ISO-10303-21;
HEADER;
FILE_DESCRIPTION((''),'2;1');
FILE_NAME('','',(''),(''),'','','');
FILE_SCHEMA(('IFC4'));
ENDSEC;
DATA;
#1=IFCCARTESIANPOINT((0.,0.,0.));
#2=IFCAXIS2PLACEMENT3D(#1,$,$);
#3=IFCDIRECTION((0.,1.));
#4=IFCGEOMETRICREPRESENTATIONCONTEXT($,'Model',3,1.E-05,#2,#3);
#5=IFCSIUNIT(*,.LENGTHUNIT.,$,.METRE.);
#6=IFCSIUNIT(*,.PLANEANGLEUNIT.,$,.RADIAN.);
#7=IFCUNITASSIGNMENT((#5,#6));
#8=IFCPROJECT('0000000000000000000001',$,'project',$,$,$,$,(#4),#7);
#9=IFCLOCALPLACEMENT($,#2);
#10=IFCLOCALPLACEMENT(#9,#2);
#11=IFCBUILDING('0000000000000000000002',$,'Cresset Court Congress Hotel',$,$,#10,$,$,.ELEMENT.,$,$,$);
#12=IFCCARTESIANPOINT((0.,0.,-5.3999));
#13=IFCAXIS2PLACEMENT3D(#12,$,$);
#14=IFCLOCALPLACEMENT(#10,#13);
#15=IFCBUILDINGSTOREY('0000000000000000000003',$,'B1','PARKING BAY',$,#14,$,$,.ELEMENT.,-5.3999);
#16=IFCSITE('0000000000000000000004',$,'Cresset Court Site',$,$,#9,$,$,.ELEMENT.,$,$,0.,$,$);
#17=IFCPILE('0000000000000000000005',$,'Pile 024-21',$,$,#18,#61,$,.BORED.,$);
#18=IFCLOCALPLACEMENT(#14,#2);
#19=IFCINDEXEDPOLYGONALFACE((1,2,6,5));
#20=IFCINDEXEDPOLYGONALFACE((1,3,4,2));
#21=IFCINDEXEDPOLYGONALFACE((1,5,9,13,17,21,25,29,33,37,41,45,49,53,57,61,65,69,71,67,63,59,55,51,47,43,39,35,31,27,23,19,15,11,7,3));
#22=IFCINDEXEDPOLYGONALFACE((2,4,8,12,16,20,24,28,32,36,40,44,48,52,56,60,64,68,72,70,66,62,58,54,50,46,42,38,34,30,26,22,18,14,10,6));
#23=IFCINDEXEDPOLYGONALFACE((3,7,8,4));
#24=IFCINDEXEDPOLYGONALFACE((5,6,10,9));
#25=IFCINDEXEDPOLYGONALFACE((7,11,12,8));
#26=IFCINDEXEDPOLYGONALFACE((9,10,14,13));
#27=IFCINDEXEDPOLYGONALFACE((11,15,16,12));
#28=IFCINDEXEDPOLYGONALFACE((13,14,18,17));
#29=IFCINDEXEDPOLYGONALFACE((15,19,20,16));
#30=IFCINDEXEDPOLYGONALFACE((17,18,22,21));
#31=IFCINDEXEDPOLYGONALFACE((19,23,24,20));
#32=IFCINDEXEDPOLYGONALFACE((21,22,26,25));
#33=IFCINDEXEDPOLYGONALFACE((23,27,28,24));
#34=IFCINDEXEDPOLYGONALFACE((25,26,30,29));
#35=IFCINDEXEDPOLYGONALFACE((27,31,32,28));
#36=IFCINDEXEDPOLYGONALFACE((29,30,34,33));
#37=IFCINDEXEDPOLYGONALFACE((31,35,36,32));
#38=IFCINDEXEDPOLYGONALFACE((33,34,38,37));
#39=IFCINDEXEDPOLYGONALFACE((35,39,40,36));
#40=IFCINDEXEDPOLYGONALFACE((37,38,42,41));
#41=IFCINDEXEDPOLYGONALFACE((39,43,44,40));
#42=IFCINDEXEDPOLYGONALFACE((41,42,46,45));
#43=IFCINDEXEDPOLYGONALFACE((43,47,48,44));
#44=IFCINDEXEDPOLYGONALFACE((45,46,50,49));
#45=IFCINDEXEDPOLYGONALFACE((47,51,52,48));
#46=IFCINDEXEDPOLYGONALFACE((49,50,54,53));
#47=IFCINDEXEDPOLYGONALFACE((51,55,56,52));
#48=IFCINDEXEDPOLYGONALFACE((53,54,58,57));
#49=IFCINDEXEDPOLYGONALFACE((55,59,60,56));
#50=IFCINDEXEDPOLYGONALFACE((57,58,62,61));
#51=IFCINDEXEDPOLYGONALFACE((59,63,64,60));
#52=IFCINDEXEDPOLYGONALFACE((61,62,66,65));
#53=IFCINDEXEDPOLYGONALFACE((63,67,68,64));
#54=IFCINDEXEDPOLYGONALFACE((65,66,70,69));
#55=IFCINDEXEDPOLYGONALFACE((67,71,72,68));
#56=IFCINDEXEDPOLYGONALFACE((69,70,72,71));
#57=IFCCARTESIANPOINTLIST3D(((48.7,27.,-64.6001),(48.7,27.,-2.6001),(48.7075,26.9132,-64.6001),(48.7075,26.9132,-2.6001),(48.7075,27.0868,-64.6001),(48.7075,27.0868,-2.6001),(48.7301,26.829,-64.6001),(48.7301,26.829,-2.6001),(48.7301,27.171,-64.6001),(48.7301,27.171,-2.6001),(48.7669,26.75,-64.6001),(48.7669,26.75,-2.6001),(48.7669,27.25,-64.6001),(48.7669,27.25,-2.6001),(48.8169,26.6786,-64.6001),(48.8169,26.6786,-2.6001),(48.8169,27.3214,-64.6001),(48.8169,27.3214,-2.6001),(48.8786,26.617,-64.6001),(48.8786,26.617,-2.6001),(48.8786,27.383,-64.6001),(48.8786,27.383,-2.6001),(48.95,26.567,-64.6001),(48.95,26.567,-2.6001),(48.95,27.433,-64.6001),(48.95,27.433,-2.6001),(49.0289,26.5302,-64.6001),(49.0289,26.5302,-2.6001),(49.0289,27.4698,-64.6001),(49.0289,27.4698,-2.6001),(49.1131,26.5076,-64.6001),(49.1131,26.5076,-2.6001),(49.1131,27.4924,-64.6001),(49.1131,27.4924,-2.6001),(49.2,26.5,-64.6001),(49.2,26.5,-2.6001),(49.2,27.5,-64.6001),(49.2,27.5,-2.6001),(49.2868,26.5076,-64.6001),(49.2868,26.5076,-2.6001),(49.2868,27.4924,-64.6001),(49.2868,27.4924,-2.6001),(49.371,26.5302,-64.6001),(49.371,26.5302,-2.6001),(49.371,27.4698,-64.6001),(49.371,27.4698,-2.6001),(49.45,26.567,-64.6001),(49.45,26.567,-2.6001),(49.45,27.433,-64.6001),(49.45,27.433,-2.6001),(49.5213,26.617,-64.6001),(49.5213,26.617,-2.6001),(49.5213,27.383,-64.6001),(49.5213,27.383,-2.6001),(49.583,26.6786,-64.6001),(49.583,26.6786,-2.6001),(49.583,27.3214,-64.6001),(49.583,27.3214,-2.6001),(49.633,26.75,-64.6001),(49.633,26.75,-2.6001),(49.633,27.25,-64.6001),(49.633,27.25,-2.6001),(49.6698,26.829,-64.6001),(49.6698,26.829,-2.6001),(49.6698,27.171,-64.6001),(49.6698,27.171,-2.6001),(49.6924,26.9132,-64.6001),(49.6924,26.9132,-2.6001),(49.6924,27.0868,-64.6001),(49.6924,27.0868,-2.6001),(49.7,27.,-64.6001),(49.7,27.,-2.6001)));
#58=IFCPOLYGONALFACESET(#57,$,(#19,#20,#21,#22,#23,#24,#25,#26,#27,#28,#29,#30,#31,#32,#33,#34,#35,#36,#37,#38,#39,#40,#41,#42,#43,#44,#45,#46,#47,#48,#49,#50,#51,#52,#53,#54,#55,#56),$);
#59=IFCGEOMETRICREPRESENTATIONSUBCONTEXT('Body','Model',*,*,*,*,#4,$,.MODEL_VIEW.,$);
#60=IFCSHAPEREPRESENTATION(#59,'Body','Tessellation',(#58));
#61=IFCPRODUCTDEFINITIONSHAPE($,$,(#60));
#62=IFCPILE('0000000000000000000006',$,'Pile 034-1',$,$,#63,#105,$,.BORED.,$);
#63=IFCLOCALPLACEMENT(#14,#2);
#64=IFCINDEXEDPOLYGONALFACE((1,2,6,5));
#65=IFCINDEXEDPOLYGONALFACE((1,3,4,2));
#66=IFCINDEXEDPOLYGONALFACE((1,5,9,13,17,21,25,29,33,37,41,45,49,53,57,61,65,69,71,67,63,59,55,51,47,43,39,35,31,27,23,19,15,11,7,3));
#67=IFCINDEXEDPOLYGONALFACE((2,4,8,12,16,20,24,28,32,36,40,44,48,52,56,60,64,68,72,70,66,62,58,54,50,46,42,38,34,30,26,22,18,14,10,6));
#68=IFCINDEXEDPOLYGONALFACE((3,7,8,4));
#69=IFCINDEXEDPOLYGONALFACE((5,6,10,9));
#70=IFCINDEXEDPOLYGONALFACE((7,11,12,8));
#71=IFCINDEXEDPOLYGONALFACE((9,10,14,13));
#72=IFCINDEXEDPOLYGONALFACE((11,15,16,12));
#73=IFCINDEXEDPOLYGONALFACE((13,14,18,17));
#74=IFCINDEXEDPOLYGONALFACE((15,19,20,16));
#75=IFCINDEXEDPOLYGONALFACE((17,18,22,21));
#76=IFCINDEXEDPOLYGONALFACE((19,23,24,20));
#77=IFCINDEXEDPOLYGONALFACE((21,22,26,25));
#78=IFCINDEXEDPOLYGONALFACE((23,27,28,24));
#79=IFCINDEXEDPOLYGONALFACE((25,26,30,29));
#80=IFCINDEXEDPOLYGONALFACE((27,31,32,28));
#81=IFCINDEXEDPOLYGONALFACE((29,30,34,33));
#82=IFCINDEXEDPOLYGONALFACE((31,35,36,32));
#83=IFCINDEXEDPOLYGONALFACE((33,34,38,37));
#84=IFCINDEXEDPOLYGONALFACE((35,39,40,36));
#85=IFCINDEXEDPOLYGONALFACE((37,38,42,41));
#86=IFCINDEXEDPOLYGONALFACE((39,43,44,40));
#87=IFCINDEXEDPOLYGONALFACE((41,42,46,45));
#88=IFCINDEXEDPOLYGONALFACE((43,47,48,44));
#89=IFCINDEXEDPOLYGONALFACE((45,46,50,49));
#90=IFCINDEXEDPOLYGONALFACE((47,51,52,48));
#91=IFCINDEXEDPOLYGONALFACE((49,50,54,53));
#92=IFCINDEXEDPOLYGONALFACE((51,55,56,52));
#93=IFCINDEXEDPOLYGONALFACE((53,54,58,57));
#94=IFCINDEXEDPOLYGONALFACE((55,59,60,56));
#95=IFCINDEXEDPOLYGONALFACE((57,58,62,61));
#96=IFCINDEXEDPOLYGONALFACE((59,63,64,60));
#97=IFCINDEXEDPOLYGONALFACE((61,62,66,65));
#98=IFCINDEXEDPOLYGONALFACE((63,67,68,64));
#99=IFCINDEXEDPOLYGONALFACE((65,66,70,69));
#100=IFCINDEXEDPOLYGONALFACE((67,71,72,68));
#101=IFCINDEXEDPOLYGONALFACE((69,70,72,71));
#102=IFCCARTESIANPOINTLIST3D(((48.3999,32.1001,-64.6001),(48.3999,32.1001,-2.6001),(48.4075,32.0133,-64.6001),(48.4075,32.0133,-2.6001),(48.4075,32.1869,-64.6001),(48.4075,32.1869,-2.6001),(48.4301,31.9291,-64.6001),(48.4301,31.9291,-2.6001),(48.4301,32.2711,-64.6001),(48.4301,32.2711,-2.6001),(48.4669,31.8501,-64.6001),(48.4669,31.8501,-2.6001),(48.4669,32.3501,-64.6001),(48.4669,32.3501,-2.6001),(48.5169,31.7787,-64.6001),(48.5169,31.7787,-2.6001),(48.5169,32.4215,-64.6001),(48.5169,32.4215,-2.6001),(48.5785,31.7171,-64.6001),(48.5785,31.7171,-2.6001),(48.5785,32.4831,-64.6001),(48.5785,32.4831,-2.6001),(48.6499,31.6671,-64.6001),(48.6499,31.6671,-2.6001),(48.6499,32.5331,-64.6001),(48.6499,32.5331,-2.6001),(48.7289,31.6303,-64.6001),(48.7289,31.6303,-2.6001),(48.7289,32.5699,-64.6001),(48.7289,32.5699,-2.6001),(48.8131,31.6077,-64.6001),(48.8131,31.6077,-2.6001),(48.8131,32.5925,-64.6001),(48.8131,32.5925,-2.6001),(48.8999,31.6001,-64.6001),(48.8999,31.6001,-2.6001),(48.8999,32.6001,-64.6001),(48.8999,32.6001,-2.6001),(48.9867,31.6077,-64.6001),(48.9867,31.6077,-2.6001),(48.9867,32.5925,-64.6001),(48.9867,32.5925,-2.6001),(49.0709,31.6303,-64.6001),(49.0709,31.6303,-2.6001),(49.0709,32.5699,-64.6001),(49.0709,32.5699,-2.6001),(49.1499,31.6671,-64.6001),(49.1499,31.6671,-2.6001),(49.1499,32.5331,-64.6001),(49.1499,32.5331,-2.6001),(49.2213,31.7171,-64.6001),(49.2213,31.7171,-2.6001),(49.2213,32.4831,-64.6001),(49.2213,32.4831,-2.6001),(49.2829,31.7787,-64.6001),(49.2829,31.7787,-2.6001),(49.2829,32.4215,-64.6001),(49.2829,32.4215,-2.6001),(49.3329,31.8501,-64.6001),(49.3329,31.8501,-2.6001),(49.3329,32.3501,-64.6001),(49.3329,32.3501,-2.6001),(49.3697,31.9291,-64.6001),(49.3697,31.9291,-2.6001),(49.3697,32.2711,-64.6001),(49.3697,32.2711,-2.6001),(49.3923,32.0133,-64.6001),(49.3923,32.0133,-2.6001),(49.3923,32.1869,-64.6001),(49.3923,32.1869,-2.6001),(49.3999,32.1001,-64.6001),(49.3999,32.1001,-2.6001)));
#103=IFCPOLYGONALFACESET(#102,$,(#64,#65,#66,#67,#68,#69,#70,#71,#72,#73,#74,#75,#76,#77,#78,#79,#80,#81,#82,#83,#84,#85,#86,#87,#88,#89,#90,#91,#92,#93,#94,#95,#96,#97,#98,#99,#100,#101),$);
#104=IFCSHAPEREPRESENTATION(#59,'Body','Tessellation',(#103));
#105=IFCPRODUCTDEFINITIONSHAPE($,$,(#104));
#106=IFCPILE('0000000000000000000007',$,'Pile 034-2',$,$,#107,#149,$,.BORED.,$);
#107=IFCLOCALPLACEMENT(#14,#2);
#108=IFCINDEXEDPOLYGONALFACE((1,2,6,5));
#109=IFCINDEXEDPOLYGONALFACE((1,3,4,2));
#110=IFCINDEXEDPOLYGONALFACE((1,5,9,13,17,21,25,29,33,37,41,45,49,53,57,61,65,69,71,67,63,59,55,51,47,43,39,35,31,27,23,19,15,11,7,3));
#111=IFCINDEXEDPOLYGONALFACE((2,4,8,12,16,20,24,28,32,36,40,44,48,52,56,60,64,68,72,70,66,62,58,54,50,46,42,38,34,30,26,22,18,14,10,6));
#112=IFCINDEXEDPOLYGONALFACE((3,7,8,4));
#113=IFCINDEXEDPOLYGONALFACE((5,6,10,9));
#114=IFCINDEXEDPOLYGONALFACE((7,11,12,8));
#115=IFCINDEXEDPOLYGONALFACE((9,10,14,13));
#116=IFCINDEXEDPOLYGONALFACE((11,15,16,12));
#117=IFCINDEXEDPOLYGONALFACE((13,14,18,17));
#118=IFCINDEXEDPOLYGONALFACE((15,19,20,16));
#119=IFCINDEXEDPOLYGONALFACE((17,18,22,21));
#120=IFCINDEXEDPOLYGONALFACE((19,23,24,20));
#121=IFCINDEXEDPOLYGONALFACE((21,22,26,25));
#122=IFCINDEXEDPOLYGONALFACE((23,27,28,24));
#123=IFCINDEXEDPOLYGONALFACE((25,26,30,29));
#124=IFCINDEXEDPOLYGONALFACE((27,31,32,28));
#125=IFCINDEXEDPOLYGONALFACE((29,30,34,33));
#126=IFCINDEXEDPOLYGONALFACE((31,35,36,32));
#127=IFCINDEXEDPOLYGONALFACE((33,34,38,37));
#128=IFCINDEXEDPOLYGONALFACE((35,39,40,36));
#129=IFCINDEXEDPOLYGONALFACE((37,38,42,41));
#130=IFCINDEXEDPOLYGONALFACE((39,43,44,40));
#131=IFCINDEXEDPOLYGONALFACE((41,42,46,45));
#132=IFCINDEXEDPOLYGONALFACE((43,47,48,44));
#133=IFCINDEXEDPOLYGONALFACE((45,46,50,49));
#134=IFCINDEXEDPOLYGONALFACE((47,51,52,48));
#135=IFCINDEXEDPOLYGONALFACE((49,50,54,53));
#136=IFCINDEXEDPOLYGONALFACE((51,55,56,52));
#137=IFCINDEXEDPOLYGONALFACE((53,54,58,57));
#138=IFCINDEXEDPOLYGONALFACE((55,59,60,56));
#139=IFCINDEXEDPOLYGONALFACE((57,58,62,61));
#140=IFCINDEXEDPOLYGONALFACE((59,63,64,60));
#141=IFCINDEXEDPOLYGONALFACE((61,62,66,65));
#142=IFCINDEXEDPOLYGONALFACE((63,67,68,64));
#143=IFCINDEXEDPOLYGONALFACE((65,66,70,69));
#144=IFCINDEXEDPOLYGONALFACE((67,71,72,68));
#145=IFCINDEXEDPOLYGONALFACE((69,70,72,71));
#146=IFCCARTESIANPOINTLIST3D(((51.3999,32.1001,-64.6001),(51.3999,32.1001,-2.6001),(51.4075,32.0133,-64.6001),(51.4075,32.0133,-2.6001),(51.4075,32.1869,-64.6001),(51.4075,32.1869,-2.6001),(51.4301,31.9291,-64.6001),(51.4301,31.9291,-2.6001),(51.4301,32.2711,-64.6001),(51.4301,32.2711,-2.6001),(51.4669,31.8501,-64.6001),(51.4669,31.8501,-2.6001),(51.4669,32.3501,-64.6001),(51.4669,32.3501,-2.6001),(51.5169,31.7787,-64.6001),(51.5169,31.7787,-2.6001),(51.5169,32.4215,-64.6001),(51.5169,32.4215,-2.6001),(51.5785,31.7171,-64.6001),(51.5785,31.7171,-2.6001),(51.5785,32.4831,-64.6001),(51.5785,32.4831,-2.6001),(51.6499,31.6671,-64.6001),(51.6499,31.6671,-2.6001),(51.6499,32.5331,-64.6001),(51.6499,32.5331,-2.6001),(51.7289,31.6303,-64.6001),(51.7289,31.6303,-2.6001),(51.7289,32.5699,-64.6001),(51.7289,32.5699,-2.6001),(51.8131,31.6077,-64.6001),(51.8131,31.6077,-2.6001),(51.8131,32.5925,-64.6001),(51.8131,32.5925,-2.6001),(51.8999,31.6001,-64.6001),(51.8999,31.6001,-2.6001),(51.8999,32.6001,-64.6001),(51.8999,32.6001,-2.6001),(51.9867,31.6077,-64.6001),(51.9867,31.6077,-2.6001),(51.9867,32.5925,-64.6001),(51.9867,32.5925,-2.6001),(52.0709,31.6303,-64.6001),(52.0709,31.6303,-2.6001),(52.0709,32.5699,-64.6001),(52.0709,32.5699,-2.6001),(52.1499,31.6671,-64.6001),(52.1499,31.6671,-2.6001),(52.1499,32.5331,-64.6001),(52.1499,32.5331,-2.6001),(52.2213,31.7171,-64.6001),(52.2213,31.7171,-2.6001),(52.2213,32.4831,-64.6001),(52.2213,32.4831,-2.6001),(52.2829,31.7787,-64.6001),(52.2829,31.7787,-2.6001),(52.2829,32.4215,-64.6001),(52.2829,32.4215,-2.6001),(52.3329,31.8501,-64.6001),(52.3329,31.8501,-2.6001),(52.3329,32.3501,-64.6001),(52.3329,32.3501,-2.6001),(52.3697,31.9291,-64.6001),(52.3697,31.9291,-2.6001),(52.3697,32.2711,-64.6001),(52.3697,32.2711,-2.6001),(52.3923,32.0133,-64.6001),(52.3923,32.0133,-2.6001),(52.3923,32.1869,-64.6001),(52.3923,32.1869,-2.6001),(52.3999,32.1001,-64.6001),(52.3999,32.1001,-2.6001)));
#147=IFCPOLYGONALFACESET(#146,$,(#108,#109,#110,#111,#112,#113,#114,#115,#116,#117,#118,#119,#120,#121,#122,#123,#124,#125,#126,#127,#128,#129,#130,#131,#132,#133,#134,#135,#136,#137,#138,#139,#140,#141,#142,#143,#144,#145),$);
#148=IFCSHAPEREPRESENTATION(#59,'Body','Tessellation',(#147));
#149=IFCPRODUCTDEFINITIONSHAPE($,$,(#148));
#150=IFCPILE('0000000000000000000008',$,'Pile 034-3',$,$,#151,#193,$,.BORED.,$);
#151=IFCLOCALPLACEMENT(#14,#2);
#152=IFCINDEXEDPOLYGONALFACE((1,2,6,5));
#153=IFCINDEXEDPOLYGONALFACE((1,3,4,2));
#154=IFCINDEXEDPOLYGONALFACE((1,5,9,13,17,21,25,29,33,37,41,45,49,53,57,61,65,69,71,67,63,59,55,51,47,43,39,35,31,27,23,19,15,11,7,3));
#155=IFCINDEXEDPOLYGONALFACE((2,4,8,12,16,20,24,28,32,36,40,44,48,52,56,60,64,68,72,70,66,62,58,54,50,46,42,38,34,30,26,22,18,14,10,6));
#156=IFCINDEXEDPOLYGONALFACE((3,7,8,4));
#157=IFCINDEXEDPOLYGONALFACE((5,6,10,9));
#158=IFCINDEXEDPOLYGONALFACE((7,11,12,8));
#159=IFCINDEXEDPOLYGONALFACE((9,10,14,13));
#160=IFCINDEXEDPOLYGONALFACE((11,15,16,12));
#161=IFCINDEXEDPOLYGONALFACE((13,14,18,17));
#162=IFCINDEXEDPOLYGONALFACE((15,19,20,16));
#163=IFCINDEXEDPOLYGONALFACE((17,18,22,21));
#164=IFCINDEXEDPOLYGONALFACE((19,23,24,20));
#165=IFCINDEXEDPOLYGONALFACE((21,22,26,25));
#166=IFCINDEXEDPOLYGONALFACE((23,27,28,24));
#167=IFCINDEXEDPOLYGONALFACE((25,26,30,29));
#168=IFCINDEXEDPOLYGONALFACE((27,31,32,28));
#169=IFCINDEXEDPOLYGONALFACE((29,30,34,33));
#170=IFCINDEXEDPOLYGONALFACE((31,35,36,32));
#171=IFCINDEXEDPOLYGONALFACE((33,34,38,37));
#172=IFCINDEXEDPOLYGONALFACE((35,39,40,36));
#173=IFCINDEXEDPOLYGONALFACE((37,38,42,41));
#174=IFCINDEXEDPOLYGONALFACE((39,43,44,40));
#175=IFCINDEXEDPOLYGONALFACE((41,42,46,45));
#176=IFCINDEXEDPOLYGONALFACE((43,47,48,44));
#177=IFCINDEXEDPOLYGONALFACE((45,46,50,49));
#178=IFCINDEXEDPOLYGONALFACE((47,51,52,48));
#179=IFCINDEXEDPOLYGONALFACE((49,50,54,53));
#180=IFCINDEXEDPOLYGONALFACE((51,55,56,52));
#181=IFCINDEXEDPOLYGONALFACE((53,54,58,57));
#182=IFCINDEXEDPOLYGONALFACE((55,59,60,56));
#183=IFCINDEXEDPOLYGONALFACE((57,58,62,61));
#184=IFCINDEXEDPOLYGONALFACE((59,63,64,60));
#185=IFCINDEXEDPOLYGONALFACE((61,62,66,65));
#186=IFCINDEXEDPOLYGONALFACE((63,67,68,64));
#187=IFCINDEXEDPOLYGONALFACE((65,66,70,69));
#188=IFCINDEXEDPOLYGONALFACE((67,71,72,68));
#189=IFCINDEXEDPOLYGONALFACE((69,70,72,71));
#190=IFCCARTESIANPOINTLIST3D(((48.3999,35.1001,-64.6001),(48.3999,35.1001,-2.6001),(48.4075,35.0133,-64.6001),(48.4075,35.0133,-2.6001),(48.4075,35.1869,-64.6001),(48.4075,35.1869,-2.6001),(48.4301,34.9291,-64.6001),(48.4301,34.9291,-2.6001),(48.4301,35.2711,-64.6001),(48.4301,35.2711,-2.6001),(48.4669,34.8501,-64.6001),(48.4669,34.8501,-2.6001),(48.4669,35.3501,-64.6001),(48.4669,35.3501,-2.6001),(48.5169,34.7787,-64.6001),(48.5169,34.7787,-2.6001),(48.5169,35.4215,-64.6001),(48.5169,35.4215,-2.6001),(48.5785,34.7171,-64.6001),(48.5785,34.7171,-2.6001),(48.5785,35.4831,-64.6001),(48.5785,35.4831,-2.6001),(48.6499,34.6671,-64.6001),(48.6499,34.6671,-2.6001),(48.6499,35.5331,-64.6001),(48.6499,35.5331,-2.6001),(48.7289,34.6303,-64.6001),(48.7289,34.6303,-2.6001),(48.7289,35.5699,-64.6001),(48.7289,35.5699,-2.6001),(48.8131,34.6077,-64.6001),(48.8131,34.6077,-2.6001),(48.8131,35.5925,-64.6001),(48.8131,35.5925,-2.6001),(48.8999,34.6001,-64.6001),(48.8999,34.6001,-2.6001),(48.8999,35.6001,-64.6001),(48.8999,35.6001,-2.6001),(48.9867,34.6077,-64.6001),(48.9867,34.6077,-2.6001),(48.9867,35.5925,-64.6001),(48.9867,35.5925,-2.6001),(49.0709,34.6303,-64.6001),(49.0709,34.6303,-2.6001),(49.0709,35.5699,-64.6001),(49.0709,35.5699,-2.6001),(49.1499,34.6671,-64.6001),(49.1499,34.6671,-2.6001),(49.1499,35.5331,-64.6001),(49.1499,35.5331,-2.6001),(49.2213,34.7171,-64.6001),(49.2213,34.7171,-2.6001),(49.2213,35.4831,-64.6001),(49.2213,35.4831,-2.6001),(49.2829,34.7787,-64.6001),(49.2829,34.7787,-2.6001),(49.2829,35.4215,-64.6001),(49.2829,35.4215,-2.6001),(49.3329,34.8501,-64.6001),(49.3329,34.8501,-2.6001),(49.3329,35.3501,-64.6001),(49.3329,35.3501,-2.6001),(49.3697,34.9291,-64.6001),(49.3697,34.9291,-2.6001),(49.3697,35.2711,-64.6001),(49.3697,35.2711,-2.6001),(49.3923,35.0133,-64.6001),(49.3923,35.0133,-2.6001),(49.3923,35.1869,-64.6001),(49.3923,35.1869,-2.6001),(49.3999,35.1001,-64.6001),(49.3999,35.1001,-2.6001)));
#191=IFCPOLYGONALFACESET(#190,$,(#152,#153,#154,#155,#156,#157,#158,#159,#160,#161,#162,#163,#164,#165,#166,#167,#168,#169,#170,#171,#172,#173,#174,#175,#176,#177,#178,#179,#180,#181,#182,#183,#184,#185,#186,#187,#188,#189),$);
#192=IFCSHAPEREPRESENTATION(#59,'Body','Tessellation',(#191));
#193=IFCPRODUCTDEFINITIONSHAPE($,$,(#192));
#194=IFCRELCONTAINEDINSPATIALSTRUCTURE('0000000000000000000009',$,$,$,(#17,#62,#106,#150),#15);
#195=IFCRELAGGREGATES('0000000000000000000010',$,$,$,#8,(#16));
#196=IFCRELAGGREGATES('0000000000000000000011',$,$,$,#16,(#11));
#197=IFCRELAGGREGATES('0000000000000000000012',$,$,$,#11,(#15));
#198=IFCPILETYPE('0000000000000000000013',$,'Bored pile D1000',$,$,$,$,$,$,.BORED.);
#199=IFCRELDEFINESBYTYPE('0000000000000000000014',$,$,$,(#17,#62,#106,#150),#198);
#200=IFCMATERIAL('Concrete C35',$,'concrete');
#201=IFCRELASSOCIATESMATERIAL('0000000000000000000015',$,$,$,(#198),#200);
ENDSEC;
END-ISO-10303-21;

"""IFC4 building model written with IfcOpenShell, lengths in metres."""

from ifc_helpers import new_model, si_unit, direction, frame, origin, origin_2d, place, context, subcontext, project, spatial, circle, extrude, material, type_object, element, save


model = new_model("IFC4")

# Units and contexts
model_context = context("Model", 3, precision=1e-05, world=origin(), true_north=direction((0.0, 1.0)))
body_context = subcontext(model_context, "Body", "Model", "MODEL_VIEW")
ifc_project = project(units=[si_unit("LENGTHUNIT", "METRE"), si_unit("PLANEANGLEUNIT", "RADIAN")], contexts=[model_context])

# Site, building, storey
site_placement = place(None, origin())
site = spatial("IfcSite", under=ifc_project, at=site_placement, Name="Cresset Court Site", CompositionType="ELEMENT", RefElevation=0.0)
building_placement = place(site_placement, origin())
building = spatial("IfcBuilding", under=site, at=building_placement, Name="Cresset Court Congress Hotel", CompositionType="ELEMENT")
storey_placement = place(building_placement, frame((0.0, 0.0, -5.3999)))
storey = spatial("IfcBuildingStorey", under=building, at=storey_placement, Name="B1", Description="PARKING BAY", CompositionType="ELEMENT", Elevation=-5.3999)

# Piles
ifc_material_1 = material(Name="Concrete C35", Category="concrete")
pile_type = type_object("IfcPileType", Name="Bored pile D1000", PredefinedType="BORED", material=ifc_material_1)
for number, where, z_axis, x_axis, name in (
    (1, (49.2, 27.0, -2.6001), (0.0, 0.0, -1.0), (1.0, 0.0, 0.0), "Pile 024-21"),
    (2, (48.8999, 32.1001, -2.6001), (0.0, 0.0, -1.0), (1.0, 0.0, 0.0), "Pile 034-1"),
    (3, (51.8999, 32.1001, -2.6001), (0.0, 0.0, -1.0), (1.0, 0.0, 0.0), "Pile 034-2"),
    (4, (48.8999, 35.1001, -2.6001), (0.0, 0.0, -1.0), (1.0, 0.0, 0.0), "Pile 034-3"),
):
    element("IfcPile", number, at=place(storey_placement, frame(where, z_axis=z_axis, x_axis=x_axis)), inside=storey, type_object=pile_type, Name=name, PredefinedType="BORED", context=body_context, shape_type="SweptSolid", body=[
        extrude(circle(Radius=0.5, at=origin_2d()), origin(), (0.0, 0.0, 1.0), 62.0),
    ])

save(model, "model.ifc")
